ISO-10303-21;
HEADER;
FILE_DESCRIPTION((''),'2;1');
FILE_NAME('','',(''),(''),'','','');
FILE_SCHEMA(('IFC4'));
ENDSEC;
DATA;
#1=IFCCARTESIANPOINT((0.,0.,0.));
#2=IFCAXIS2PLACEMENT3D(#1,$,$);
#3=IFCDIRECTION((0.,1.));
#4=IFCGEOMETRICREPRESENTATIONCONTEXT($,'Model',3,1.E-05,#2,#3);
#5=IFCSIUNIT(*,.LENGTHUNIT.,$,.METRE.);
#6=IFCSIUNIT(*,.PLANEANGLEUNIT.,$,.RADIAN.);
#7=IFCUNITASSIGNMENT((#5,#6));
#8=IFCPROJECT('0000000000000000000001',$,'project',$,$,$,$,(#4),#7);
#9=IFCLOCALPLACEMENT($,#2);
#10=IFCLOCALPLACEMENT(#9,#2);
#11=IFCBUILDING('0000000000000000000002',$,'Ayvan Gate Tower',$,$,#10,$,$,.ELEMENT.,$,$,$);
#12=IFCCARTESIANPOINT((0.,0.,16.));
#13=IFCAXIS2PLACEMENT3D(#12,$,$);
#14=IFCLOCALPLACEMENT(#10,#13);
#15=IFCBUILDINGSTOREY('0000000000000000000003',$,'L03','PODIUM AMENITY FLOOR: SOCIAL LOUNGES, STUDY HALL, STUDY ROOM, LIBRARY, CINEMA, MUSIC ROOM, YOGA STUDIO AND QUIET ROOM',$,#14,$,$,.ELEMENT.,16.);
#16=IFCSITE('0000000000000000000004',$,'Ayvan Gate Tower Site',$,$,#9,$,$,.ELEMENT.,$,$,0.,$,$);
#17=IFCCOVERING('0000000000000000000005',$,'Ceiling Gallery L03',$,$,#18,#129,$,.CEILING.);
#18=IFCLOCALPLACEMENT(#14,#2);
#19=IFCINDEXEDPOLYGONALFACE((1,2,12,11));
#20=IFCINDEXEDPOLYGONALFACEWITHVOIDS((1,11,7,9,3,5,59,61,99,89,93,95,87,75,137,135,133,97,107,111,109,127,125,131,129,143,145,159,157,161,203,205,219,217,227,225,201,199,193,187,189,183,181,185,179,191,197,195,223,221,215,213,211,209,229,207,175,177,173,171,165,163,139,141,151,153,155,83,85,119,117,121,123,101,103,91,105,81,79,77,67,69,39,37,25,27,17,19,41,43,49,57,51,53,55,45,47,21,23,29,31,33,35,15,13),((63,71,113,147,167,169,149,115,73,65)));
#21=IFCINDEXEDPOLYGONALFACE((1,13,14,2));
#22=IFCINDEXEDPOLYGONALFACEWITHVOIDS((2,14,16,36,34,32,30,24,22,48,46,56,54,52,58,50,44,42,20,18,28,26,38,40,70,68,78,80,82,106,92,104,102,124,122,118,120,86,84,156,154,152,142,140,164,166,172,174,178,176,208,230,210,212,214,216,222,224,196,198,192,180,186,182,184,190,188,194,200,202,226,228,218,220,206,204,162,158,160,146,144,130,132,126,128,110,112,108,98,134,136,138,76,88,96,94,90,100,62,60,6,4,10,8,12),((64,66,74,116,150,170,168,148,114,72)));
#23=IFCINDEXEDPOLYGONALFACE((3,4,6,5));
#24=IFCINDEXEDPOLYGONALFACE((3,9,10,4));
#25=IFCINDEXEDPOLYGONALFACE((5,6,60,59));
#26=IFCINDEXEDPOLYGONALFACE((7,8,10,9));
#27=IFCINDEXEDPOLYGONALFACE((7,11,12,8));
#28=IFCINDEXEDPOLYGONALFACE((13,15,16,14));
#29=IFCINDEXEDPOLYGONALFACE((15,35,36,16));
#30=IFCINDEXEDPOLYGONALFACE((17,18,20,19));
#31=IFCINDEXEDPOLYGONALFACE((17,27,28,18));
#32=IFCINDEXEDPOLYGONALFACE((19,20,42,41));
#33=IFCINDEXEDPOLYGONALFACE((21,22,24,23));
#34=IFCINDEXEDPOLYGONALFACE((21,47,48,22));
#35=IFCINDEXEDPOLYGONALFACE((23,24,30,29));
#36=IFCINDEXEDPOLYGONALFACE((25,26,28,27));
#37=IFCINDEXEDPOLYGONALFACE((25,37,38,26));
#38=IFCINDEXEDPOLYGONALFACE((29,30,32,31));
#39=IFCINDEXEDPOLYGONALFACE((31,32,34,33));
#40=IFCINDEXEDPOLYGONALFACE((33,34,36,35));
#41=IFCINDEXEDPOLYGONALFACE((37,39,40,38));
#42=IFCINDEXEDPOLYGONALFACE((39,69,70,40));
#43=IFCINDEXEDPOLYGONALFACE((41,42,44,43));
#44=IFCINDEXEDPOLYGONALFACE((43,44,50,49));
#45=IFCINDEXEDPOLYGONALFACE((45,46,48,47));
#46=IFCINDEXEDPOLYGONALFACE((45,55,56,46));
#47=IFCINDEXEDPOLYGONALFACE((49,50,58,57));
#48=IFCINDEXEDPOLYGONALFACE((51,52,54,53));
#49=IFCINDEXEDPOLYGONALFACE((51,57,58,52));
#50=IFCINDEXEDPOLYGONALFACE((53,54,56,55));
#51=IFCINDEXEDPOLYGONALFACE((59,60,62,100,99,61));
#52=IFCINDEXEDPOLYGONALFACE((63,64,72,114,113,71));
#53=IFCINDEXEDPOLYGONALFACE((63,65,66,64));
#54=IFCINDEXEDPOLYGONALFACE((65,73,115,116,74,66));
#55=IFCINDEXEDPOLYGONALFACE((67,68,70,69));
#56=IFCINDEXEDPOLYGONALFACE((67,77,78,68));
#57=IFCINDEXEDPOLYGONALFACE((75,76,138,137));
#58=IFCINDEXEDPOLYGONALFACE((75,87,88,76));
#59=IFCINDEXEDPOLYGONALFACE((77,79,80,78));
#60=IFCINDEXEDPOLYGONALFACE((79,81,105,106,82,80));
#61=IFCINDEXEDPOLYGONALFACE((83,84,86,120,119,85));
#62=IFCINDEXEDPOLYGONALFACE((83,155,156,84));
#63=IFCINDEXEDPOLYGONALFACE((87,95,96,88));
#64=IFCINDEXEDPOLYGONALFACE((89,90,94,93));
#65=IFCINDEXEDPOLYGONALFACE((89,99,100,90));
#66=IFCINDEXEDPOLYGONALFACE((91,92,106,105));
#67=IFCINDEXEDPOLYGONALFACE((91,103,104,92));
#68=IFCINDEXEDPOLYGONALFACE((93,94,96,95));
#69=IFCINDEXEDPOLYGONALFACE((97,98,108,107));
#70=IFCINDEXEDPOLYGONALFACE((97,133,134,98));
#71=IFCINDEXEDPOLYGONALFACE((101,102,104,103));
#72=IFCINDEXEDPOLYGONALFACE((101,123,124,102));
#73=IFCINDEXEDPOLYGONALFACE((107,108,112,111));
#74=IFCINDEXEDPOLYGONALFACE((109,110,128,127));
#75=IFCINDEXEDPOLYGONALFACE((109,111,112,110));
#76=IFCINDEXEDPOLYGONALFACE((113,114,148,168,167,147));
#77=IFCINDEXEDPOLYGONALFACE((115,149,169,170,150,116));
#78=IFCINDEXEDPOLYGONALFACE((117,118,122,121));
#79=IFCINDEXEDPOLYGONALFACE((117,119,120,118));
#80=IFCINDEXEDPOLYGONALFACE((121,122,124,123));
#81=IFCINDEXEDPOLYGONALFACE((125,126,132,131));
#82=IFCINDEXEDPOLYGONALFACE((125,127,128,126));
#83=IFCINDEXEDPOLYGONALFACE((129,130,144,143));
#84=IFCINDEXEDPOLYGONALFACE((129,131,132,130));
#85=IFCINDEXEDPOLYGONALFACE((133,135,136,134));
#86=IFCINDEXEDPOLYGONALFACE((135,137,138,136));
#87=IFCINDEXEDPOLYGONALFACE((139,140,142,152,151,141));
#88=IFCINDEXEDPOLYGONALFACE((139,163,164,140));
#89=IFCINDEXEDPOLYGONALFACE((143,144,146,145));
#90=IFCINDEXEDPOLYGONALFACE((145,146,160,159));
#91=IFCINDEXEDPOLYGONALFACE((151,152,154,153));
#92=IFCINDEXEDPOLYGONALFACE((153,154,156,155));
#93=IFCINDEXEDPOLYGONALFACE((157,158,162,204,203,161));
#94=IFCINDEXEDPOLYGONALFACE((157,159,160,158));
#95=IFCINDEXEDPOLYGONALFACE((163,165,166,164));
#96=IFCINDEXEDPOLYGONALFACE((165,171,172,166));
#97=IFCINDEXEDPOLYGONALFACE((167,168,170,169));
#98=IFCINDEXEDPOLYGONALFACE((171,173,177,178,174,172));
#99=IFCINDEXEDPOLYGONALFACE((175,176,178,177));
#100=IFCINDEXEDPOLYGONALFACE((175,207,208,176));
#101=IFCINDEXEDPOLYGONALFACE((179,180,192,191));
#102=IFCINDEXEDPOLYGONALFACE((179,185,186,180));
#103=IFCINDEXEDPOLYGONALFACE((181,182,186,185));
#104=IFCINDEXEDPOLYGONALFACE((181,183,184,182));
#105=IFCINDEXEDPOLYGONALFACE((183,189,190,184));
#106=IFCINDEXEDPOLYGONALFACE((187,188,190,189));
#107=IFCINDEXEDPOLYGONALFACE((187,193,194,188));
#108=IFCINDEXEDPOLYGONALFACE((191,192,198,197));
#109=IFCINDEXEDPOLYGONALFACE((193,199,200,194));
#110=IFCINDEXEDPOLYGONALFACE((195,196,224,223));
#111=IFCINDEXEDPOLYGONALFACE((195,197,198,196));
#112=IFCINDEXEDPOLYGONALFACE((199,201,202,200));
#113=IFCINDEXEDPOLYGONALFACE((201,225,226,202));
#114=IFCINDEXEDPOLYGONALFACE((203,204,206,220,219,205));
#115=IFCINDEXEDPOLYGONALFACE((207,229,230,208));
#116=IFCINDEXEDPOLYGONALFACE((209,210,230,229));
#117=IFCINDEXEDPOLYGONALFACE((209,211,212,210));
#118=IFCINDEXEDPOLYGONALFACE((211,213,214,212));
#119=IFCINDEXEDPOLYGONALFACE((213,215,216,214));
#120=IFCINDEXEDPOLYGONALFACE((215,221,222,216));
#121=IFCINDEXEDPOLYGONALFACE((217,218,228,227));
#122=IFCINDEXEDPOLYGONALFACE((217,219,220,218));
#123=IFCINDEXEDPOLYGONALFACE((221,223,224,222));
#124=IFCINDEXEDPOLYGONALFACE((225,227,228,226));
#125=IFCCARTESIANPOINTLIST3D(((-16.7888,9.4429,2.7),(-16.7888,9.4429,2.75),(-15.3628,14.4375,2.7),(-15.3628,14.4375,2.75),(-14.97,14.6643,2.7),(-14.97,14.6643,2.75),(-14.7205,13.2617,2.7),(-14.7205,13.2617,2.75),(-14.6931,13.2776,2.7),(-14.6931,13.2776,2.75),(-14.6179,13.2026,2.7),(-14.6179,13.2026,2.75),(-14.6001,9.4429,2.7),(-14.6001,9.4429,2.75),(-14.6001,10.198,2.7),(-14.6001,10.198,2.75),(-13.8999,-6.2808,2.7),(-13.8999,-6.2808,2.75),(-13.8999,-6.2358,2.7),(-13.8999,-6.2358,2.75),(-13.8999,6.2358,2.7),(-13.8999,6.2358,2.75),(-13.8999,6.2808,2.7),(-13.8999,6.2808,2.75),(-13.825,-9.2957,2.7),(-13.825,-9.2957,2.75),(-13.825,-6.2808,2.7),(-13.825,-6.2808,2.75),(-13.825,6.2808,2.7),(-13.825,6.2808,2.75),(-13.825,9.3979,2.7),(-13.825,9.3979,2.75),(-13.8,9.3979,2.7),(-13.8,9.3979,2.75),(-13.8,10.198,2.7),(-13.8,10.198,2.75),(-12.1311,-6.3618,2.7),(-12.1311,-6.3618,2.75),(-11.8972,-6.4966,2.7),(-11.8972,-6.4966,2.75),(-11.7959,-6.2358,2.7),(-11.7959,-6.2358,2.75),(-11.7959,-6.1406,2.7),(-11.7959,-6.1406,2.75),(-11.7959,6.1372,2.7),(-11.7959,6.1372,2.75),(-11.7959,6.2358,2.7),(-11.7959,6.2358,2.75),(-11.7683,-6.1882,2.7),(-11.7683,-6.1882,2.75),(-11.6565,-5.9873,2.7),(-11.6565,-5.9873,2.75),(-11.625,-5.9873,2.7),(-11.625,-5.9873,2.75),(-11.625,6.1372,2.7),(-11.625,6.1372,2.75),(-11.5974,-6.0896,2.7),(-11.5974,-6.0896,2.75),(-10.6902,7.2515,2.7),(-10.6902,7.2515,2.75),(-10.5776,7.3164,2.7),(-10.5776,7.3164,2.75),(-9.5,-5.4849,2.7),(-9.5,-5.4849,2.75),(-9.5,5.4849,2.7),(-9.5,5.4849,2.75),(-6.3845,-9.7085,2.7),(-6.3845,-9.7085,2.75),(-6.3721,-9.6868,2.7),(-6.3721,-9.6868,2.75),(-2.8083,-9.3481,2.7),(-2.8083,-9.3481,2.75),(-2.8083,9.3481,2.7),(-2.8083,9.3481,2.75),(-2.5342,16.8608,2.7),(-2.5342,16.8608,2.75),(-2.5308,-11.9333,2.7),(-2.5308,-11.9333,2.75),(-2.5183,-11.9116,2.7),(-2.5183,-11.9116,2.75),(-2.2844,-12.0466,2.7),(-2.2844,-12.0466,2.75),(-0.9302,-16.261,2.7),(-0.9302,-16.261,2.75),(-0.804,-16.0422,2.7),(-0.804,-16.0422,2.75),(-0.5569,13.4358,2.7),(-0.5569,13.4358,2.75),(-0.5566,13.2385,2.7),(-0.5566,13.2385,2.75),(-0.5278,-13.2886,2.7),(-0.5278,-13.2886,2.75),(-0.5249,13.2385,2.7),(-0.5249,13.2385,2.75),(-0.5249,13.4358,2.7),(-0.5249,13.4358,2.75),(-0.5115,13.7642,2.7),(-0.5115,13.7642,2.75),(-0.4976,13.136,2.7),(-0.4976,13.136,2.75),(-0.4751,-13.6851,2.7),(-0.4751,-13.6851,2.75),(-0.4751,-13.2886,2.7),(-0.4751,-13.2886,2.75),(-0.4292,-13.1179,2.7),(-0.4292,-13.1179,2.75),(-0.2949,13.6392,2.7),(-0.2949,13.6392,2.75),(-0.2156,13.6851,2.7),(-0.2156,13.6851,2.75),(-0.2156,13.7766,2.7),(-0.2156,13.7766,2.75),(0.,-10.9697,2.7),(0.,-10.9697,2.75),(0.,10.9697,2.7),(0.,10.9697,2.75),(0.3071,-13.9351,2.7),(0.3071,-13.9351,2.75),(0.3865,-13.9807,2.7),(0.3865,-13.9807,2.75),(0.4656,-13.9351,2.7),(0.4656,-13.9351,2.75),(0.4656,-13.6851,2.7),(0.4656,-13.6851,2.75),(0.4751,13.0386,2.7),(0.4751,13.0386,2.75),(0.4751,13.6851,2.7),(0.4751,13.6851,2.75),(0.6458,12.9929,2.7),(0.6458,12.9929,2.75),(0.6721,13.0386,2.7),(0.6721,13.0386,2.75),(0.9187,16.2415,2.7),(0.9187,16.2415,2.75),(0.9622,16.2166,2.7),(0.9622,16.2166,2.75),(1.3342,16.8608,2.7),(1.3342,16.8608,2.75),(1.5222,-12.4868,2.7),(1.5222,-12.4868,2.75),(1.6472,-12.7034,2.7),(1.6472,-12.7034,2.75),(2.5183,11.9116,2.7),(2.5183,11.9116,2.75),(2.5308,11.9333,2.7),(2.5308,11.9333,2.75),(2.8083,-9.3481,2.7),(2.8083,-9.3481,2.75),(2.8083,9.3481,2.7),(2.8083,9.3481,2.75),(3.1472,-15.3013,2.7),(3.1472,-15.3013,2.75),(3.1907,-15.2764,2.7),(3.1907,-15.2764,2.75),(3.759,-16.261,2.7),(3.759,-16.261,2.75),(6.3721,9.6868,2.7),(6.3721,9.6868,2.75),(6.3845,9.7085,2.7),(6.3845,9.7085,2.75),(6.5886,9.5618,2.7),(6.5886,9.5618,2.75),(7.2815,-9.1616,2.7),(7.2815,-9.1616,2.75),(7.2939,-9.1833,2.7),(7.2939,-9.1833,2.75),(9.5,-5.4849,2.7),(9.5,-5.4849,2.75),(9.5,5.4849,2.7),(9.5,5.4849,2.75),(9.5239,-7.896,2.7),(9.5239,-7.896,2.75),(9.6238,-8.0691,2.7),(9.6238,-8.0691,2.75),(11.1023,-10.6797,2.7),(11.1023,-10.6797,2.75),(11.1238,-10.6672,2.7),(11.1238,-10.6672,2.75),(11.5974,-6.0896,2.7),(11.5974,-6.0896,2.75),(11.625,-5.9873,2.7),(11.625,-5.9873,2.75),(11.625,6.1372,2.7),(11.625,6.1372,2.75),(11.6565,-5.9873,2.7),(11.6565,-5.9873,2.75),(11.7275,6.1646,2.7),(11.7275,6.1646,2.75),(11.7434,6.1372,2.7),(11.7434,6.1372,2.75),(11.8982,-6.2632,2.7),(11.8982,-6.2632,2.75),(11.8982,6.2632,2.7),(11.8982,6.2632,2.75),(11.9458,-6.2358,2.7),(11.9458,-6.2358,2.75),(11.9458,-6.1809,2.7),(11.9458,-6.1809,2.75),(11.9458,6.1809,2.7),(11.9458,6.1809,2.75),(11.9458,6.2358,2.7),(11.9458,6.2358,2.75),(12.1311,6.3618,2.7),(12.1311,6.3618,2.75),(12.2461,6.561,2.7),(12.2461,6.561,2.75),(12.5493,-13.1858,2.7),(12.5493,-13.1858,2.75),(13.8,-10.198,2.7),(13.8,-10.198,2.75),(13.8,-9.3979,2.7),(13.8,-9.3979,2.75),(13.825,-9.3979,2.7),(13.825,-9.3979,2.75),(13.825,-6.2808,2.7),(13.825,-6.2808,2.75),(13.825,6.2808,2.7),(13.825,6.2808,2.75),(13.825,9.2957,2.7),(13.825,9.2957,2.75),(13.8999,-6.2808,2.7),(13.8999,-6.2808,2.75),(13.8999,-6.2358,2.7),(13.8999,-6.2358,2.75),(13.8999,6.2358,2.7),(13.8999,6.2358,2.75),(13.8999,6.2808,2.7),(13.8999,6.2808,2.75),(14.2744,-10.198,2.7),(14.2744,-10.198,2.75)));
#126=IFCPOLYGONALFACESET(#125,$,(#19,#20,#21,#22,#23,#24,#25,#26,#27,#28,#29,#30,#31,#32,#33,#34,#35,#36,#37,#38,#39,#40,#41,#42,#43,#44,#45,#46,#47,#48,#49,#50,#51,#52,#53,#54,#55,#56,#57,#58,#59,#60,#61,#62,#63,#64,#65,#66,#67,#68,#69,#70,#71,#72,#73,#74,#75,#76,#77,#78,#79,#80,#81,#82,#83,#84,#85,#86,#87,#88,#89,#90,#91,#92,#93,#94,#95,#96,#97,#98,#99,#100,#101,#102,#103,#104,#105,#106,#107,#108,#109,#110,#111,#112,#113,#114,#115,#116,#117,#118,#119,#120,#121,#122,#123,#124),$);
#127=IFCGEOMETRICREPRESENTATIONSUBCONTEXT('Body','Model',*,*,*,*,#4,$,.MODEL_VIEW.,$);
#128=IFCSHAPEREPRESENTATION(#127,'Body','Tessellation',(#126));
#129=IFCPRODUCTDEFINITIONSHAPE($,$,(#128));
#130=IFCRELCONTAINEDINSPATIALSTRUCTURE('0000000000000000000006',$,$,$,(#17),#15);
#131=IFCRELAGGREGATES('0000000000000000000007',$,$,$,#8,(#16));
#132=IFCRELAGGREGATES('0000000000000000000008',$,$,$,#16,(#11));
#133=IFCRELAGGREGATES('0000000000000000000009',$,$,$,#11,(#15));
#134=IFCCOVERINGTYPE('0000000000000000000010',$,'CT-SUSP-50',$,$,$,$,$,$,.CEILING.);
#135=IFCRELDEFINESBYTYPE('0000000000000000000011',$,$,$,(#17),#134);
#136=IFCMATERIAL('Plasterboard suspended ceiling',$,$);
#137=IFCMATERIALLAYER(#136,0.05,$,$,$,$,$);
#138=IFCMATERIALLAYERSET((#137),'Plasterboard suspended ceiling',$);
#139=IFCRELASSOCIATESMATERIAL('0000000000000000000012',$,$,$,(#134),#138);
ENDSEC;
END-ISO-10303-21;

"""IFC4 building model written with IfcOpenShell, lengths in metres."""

from ifc_helpers import new_model, si_unit, direction, frame, origin, place, context, subcontext, project, spatial, polyline, outline, extrude, material, layer, layer_set, type_object, element, save


model = new_model("IFC4")

# Units and contexts
model_context = context("Model", 3, precision=1e-05, world=origin(), true_north=direction((0.0, 1.0)))
body_context = subcontext(model_context, "Body", "Model", "MODEL_VIEW")
ifc_project = project(units=[si_unit("LENGTHUNIT", "METRE"), si_unit("PLANEANGLEUNIT", "RADIAN")], contexts=[model_context])

# Site, building, storey
site_placement = place(None, origin())
site = spatial("IfcSite", under=ifc_project, at=site_placement, Name="Ayvan Gate Tower Site", CompositionType="ELEMENT", RefElevation=0.0)
building_placement = place(site_placement, origin())
building = spatial("IfcBuilding", under=site, at=building_placement, Name="Ayvan Gate Tower", CompositionType="ELEMENT")
storey_placement = place(building_placement, frame((0.0, 0.0, 16.0)))
storey = spatial("IfcBuildingStorey", under=building, at=storey_placement, Name="L03", Description="PODIUM AMENITY FLOOR: SOCIAL LOUNGES, STUDY HALL, STUDY ROOM, LIBRARY, CINEMA, MUSIC ROOM, YOGA STUDIO AND QUIET ROOM", CompositionType="ELEMENT", Elevation=16.0)

# Covering
ifc_material_1 = material(Name="Plasterboard suspended ceiling")
ifc_layer_1 = layer(ifc_material_1, 0.05)
ifc_layer_set_1 = layer_set([ifc_layer_1], Name="Plasterboard suspended ceiling")
covering_type = type_object("IfcCoveringType", Name="CT-SUSP-50", PredefinedType="CEILING", material=ifc_layer_set_1)
covering_1_placement = place(storey_placement, frame((0.0, 0.0, 2.7)))
element("IfcCovering", 1, at=covering_1_placement, inside=storey, type_object=covering_type, Name="Ceiling Gallery L03", PredefinedType="CEILING", context=body_context, shape_type="SweptSolid", body=[
    extrude(outline(polyline([(-14.6179, 13.2026), (-14.7205, 13.2617), (-14.6931, 13.2776), (-15.3628, 14.4375), (-14.97, 14.6643), (-10.6902, 7.2515), (-10.5776, 7.3164), (-0.4976, 13.136), (-0.5566, 13.2385), (-0.5249, 13.2385), (-0.5249, 13.4358), (-0.5569, 13.4358), (-2.5342, 16.8608), (1.3342, 16.8608), (0.9622, 16.2166), (0.9187, 16.2415), (-0.5115, 13.7642), (-0.2949, 13.6392), (-0.2156, 13.7766), (-0.2156, 13.6851), (0.4751, 13.6851), (0.4751, 13.0386), (0.6721, 13.0386), (0.6458, 12.9929), (2.5183, 11.9116), (2.5308, 11.9333), (6.3845, 9.7085), (6.3721, 9.6868), (6.5886, 9.5618), (12.1311, 6.3618), (12.2461, 6.561), (13.825, 9.2957), (13.825, 6.2808), (13.8999, 6.2808), (13.8999, 6.2358), (11.9458, 6.2358), (11.9458, 6.1809), (11.8982, 6.2632), (11.7275, 6.1646), (11.7434, 6.1372), (11.625, 6.1372), (11.625, -5.9873), (11.6565, -5.9873), (11.5974, -6.0896), (11.8982, -6.2632), (11.9458, -6.1809), (11.9458, -6.2358), (13.8999, -6.2358), (13.8999, -6.2808), (13.825, -6.2808), (13.825, -9.3979), (13.8, -9.3979), (13.8, -10.198), (14.2744, -10.198), (12.5493, -13.1858), (11.1023, -10.6797), (11.1238, -10.6672), (9.6238, -8.0691), (9.5239, -7.896), (7.2939, -9.1833), (7.2815, -9.1616), (1.5222, -12.4868), (1.6472, -12.7034), (3.1472, -15.3013), (3.1907, -15.2764), (3.759, -16.261), (-0.9302, -16.261), (-0.804, -16.0422), (0.3865, -13.9807), (0.3071, -13.9351), (0.4656, -13.9351), (0.4656, -13.6851), (-0.4751, -13.6851), (-0.4751, -13.2886), (-0.5278, -13.2886), (-0.4292, -13.1179), (-2.2844, -12.0466), (-2.5183, -11.9116), (-2.5308, -11.9333), (-6.3845, -9.7085), (-6.3721, -9.6868), (-11.8972, -6.4966), (-12.1311, -6.3618), (-13.825, -9.2957), (-13.825, -6.2808), (-13.8999, -6.2808), (-13.8999, -6.2358), (-11.7959, -6.2358), (-11.7959, -6.1406), (-11.7683, -6.1882), (-11.5974, -6.0896), (-11.6565, -5.9873), (-11.625, -5.9873), (-11.625, 6.1372), (-11.7959, 6.1372), (-11.7959, 6.2358), (-13.8999, 6.2358), (-13.8999, 6.2808), (-13.825, 6.2808), (-13.825, 9.3979), (-13.8, 9.3979), (-13.8, 10.198), (-14.6001, 10.198), (-14.6001, 9.4429), (-16.7888, 9.4429), (-14.6179, 13.2026)]), holes=[polyline([(2.8083, 9.3481), (0.0, 10.9697), (-2.8083, 9.3481), (-9.5, 5.4849), (-9.5, -5.4849), (-2.8083, -9.3481), (0.0, -10.9697), (2.8083, -9.3481), (9.5, -5.4849), (9.5, 5.4849), (2.8083, 9.3481)])]), origin(), (0.0, 0.0, 1.0), 0.05),
])

save(model, "model.ifc")
